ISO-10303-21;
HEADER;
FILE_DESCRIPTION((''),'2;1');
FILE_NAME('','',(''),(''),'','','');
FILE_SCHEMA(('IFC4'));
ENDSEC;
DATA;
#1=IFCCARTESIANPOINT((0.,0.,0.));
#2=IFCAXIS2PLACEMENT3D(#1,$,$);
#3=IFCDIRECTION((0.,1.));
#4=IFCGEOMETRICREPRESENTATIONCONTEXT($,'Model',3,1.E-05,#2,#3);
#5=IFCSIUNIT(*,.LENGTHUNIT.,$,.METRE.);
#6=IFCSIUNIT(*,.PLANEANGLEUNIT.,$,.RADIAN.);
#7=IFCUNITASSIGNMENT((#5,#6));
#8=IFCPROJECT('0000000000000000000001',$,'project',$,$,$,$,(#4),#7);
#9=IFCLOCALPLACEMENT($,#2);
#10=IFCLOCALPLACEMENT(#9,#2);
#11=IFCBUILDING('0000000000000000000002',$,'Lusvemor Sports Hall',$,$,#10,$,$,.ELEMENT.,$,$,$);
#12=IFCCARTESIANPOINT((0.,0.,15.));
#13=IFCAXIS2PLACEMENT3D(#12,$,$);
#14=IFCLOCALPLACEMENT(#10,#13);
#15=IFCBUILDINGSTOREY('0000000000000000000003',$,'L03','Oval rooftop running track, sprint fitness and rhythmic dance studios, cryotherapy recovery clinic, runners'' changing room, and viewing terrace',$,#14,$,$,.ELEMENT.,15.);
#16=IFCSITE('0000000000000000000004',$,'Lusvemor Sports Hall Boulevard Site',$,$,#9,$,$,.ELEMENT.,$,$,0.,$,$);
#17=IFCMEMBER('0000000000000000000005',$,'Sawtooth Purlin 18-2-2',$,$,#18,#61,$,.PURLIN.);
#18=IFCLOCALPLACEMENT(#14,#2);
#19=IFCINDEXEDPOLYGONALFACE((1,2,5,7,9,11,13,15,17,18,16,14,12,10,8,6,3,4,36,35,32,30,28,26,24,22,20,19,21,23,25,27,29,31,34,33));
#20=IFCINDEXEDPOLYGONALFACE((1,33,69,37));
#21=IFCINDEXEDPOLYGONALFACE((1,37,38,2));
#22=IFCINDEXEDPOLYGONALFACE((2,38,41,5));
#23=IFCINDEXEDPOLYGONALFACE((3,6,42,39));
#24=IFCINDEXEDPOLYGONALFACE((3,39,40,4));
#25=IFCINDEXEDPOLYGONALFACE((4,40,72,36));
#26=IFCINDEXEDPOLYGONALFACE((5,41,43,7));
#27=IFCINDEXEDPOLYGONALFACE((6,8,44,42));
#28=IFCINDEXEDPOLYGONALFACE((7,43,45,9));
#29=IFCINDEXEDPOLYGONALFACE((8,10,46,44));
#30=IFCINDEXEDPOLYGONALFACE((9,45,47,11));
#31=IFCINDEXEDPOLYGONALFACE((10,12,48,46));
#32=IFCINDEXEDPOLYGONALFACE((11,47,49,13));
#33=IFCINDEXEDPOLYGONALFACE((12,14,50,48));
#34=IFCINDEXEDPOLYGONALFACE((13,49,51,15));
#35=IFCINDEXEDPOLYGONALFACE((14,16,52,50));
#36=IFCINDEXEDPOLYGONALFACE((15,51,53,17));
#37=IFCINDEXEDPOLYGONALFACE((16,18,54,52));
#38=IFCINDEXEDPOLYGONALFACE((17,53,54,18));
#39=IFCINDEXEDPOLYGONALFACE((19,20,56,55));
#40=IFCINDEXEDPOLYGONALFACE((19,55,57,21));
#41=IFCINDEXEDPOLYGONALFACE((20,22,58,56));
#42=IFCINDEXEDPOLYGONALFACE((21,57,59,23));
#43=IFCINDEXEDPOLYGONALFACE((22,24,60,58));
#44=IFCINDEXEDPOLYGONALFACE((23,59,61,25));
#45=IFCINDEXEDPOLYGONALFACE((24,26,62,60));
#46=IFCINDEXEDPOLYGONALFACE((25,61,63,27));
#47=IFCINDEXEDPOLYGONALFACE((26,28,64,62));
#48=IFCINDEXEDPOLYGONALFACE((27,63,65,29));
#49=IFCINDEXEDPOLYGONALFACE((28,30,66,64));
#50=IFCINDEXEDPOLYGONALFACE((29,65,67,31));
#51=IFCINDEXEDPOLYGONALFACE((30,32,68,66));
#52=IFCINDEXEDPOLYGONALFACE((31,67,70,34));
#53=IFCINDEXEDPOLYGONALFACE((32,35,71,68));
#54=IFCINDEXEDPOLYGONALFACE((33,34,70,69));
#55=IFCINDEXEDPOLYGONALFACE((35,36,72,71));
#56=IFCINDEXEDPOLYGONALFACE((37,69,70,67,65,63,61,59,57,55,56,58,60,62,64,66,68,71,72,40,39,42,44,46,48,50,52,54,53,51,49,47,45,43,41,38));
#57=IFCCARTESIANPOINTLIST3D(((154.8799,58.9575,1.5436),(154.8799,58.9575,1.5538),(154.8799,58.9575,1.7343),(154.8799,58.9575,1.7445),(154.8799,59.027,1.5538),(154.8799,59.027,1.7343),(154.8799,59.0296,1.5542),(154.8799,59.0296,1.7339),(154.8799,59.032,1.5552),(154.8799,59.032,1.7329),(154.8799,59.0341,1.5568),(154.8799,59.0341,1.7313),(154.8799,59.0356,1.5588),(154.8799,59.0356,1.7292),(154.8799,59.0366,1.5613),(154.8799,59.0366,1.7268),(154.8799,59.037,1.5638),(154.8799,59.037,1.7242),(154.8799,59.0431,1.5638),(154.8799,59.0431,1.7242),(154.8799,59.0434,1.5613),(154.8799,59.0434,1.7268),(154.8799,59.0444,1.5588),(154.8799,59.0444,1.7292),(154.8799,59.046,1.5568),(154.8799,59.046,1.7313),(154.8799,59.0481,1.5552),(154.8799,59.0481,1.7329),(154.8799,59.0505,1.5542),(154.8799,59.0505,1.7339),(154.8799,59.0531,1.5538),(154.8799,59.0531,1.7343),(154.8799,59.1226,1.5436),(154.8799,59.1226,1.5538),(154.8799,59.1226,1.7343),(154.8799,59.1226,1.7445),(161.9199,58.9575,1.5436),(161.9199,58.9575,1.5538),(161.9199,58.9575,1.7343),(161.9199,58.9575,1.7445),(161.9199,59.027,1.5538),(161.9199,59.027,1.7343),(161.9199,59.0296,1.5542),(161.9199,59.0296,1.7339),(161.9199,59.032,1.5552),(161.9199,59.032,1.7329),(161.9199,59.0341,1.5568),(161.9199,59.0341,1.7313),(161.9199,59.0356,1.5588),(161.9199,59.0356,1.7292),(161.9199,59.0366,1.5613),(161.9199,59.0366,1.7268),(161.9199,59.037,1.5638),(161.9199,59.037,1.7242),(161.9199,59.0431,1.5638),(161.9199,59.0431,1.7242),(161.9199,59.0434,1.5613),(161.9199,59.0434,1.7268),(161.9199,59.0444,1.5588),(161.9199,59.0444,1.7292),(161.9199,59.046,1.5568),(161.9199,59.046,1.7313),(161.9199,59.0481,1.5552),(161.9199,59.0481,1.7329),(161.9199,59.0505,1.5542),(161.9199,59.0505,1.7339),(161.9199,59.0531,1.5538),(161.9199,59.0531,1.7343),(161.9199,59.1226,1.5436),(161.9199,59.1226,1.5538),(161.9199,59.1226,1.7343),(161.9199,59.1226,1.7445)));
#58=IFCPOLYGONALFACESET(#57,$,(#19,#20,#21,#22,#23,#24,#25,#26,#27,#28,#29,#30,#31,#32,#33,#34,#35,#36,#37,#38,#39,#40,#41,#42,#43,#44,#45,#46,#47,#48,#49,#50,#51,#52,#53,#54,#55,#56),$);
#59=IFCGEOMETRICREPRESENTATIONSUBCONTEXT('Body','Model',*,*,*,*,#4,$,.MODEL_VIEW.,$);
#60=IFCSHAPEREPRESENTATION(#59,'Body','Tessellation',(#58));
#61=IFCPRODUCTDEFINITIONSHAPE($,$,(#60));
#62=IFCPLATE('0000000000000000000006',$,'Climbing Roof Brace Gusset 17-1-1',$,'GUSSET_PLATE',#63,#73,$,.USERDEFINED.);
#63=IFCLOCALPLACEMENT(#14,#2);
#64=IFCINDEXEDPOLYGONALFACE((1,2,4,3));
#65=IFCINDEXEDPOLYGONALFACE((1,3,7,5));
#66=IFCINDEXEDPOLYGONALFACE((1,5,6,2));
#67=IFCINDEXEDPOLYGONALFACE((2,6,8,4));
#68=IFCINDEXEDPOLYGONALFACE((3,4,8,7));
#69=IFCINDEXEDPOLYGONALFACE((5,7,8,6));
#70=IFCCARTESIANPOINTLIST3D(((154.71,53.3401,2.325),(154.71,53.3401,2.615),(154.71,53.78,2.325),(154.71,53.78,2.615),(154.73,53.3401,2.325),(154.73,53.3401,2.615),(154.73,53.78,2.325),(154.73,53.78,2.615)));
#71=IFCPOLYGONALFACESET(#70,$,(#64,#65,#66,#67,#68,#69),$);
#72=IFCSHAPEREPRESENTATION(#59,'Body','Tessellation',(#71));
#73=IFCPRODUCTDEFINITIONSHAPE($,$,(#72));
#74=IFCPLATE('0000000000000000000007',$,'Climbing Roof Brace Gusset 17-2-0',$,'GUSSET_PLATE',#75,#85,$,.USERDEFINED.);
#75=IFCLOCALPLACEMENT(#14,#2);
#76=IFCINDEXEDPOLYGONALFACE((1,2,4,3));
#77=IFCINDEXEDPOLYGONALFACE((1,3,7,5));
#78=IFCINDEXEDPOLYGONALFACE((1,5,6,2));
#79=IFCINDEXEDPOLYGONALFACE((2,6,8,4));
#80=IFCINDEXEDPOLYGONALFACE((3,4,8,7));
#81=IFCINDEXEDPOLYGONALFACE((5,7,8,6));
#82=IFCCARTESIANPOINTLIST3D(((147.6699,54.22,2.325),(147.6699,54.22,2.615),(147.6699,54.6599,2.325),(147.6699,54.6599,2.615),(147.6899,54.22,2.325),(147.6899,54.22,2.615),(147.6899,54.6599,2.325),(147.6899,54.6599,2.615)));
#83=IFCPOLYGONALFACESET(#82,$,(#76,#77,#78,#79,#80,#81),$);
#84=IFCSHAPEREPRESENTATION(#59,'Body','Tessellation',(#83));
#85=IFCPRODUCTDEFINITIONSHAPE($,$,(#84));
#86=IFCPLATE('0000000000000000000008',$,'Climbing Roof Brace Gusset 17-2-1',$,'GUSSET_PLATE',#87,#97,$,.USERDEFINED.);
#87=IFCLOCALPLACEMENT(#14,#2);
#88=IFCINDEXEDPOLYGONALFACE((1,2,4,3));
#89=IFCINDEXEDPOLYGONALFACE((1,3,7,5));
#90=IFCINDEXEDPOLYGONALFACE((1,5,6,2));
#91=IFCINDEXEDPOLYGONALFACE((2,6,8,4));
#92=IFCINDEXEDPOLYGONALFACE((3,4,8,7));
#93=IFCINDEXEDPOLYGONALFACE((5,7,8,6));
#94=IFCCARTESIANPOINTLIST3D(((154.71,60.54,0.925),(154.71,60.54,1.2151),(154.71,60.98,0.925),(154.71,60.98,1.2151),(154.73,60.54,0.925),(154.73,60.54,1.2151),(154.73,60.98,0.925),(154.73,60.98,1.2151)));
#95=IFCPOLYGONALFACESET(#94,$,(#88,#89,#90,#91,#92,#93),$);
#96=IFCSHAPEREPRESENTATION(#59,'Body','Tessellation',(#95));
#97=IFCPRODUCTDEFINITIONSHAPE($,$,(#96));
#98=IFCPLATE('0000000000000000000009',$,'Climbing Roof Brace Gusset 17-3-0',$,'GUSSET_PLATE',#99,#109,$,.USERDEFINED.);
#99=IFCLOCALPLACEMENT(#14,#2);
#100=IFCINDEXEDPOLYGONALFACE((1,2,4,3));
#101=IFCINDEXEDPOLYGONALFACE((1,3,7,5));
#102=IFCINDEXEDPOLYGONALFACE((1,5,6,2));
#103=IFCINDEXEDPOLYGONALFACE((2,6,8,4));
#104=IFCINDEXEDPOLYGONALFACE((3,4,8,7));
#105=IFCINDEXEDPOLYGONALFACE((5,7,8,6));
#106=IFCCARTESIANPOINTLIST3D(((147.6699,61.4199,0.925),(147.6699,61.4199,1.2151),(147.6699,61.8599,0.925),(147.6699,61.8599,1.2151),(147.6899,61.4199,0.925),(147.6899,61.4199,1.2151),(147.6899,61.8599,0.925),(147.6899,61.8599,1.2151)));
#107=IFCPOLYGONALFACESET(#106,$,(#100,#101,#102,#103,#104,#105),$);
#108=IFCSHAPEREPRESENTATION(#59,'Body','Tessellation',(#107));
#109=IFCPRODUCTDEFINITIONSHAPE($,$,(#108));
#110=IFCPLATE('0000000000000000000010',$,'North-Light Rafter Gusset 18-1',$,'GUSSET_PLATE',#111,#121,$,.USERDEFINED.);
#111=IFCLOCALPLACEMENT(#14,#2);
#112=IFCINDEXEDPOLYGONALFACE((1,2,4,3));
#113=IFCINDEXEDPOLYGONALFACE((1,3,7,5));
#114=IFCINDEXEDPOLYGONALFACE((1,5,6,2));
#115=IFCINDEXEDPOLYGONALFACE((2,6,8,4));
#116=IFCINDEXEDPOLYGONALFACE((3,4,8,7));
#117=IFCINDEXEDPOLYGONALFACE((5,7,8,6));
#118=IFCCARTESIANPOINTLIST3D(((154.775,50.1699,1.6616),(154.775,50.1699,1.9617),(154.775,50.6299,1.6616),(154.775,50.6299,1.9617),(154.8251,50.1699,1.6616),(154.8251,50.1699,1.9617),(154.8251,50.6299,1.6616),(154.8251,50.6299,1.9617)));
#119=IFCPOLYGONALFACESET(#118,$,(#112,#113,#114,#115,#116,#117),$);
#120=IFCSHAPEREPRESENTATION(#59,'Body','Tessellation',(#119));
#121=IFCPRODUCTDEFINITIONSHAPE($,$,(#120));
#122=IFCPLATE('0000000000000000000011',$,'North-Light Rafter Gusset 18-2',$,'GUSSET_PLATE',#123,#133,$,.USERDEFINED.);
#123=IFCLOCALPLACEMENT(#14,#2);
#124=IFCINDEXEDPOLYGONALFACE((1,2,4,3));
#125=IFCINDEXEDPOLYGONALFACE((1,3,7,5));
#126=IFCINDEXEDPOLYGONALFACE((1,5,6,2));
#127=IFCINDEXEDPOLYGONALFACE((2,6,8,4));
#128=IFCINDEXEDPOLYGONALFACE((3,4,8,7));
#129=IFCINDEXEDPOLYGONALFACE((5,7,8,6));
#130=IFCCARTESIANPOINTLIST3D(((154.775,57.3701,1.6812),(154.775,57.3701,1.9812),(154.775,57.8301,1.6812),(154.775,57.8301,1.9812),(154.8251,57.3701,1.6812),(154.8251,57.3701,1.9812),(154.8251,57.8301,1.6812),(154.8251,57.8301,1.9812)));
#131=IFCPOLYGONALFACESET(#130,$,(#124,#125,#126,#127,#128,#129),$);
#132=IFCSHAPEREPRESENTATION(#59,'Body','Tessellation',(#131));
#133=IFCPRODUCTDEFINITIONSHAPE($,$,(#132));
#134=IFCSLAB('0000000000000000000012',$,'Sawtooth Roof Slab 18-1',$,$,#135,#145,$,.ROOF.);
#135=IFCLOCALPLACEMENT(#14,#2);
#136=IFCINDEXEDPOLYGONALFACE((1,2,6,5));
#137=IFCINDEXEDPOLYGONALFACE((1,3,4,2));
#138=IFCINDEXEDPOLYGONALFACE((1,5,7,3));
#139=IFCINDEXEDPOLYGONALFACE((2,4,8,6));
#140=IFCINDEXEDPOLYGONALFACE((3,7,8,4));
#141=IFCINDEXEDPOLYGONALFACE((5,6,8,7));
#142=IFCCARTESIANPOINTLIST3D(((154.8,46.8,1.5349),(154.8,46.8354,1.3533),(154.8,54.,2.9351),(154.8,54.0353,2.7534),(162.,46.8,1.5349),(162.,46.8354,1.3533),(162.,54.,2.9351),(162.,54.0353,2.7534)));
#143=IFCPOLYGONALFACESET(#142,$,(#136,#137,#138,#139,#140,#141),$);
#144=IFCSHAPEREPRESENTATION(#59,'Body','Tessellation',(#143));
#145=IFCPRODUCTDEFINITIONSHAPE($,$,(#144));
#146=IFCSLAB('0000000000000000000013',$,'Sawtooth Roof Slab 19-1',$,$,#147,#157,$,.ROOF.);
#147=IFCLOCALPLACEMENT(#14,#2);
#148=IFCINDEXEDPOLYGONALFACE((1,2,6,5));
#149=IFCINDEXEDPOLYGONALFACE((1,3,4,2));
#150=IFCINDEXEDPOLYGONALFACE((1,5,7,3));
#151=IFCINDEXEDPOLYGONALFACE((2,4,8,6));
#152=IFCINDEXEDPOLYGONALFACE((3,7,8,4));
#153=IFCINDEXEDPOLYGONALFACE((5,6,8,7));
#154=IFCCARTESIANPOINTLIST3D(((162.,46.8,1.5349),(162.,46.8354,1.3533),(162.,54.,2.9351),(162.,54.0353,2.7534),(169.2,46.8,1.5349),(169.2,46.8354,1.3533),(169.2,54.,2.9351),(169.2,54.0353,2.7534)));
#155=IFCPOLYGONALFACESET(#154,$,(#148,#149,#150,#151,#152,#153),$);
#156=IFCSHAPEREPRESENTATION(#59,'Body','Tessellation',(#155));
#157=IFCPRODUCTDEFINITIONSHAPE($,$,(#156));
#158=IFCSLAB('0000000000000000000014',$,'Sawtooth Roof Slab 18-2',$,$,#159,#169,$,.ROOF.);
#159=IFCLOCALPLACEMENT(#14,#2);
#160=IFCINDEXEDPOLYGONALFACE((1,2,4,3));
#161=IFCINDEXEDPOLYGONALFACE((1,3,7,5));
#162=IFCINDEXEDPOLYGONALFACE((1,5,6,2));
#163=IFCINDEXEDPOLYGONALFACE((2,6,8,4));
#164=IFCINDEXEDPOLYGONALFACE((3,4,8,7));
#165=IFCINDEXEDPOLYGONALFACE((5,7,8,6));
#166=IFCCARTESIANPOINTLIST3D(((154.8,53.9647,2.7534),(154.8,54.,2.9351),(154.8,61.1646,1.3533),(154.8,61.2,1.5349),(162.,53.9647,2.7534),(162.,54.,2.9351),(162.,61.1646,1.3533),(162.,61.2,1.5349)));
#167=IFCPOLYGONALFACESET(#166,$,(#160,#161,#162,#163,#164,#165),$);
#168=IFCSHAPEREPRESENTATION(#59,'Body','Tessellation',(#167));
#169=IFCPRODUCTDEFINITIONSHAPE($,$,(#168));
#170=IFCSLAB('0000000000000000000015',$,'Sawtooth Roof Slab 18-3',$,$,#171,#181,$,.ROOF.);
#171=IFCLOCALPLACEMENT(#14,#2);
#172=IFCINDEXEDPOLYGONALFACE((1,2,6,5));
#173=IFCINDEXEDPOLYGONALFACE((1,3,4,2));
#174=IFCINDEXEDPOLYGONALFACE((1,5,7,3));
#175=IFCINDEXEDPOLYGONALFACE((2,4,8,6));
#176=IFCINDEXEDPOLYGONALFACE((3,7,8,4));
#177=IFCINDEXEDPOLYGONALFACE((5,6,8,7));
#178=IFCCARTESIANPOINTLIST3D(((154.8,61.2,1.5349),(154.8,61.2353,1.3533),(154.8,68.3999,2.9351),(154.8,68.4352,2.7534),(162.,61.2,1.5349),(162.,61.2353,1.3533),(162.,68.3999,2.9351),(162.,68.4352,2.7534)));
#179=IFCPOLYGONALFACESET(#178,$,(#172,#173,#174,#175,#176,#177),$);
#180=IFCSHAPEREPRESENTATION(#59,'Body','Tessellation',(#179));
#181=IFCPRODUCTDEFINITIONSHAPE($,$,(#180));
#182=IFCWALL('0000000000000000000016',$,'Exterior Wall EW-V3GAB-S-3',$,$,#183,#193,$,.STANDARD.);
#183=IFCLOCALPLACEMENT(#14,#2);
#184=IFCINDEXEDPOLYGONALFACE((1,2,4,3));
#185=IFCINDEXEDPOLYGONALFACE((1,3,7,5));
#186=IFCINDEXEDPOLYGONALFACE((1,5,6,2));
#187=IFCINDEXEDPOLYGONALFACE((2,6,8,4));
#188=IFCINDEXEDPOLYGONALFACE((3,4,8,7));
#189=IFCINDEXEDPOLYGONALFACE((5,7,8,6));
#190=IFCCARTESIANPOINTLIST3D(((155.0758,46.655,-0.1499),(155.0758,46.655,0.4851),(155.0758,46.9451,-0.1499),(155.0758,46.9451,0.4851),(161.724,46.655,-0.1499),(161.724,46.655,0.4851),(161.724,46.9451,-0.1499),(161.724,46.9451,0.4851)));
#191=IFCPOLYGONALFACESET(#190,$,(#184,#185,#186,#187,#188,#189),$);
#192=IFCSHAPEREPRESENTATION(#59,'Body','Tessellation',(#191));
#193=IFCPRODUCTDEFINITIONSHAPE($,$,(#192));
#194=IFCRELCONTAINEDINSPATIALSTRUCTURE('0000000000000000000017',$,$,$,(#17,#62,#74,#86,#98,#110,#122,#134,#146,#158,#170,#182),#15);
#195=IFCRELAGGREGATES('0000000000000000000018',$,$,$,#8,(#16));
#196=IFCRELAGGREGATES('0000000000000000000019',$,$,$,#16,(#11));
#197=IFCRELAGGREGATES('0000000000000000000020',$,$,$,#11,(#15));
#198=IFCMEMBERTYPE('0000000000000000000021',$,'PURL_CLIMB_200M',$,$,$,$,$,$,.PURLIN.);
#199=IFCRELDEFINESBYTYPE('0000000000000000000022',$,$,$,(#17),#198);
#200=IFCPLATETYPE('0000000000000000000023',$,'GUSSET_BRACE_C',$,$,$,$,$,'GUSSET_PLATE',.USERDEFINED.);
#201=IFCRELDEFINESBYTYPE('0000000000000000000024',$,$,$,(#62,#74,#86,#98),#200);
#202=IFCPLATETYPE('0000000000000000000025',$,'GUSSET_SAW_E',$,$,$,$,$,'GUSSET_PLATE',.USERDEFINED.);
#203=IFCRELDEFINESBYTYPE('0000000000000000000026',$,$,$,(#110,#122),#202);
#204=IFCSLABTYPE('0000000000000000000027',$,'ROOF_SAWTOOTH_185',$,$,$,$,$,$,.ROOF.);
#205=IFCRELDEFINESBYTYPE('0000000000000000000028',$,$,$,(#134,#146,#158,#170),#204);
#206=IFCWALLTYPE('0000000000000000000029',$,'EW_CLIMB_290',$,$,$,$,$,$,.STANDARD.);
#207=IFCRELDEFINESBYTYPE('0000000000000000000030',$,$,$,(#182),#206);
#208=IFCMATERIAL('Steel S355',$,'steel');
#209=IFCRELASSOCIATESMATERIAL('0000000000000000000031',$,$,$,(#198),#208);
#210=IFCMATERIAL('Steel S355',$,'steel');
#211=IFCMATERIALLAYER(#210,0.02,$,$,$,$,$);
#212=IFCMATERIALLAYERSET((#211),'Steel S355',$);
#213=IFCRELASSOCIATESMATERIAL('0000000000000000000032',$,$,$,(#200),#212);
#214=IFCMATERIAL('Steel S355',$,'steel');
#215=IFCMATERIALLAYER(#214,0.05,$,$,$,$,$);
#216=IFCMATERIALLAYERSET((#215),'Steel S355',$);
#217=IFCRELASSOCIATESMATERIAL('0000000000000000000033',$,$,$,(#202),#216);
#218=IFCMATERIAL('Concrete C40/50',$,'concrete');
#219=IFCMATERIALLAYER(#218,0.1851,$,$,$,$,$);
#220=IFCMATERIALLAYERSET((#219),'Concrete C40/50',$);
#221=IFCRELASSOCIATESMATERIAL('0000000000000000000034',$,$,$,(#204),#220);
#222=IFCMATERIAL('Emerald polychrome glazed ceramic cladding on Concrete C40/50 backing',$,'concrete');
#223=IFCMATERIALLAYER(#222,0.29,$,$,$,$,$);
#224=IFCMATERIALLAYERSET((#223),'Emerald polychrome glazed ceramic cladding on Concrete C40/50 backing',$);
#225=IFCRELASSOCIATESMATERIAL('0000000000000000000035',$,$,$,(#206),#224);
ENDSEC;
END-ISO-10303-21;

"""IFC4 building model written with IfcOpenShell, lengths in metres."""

from ifc_helpers import new_model, si_unit, direction, frame, frame_2d, origin, origin_2d, place, context, subcontext, project, spatial, polyline, rectangle, i_section, outline, extrude, material, layer, layer_set, material_profile, profile_set, type_object, element, save


model = new_model("IFC4")

# Units and contexts
model_context = context("Model", 3, precision=1e-05, world=origin(), true_north=direction((0.0, 1.0)))
body_context = subcontext(model_context, "Body", "Model", "MODEL_VIEW")
ifc_project = project(units=[si_unit("LENGTHUNIT", "METRE"), si_unit("PLANEANGLEUNIT", "RADIAN")], contexts=[model_context])

# Site, building, storey
site_placement = place(None, origin())
site = spatial("IfcSite", under=ifc_project, at=site_placement, Name="Lusvemor Sports Hall Boulevard Site", CompositionType="ELEMENT", RefElevation=0.0)
building_placement = place(site_placement, origin())
building = spatial("IfcBuilding", under=site, at=building_placement, Name="Lusvemor Sports Hall", CompositionType="ELEMENT")
storey_placement = place(building_placement, frame((0.0, 0.0, 15.0)))
storey = spatial("IfcBuildingStorey", under=building, at=storey_placement, Name="L03", Description="Oval rooftop running track, sprint fitness and rhythmic dance studios, cryotherapy recovery clinic, runners' changing room, and viewing terrace", CompositionType="ELEMENT", Elevation=15.0)

# Member
ifc_material_1 = material(Name="Steel S355", Category="steel")
ifc_material_profile_1 = material_profile(ifc_material_1, i_section(OverallWidth=0.165, OverallDepth=0.2009, WebThickness=0.0061, FlangeThickness=0.0103, FilletRadius=0.01, at=origin_2d()), Name="W200x35.9")
ifc_profile_set_1 = profile_set([ifc_material_profile_1], Name="Steel S355")
member_type_1 = type_object("IfcMemberType", Name="PURL_CLIMB_200M", PredefinedType="PURLIN", material=ifc_profile_set_1)
for number, where, z_axis, x_axis, name in (
    (1, (154.8799, 59.04, 1.644), (1.0, 0.0, 0.0), (0.0, 1.0, 0.0), "Sawtooth Purlin 18-2-2"),
):
    element("IfcMember", number, at=place(storey_placement, frame(where, z_axis=z_axis, x_axis=x_axis)), inside=storey, type_object=member_type_1, Name=name, PredefinedType="PURLIN", context=body_context, shape_type="SweptSolid", body=[
        extrude(i_section(OverallWidth=0.165, OverallDepth=0.2009, WebThickness=0.0061, FlangeThickness=0.0103, FilletRadius=0.01, at=origin_2d()), origin(), (0.0, 0.0, 1.0), 7.04),
    ])

# Plates
ifc_material_2 = material(Name="Steel S355", Category="steel")
ifc_layer_1 = layer(ifc_material_2, 0.02)
ifc_layer_set_1 = layer_set([ifc_layer_1], Name="Steel S355")
plate_type_1 = type_object("IfcPlateType", Name="GUSSET_BRACE_C", ElementType="GUSSET_PLATE", PredefinedType="USERDEFINED", material=ifc_layer_set_1)
for number, where, z_axis, x_axis, name in (
    (2, (154.72, 53.5601, 2.325), (0.0, 0.0, 1.0), (1.0, 0.0, 0.0), "Climbing Roof Brace Gusset 17-1-1"),
    (3, (147.6799, 54.4399, 2.325), (0.0, 0.0, 1.0), (1.0, 0.0, 0.0), "Climbing Roof Brace Gusset 17-2-0"),
    (4, (154.72, 60.76, 0.925), (0.0, 0.0, 1.0), (1.0, 0.0, 0.0), "Climbing Roof Brace Gusset 17-2-1"),
    (5, (147.6799, 61.6399, 0.925), (0.0, 0.0, 1.0), (1.0, 0.0, 0.0), "Climbing Roof Brace Gusset 17-3-0"),
):
    element("IfcPlate", number, at=place(storey_placement, frame(where, z_axis=z_axis, x_axis=x_axis)), inside=storey, type_object=plate_type_1, Name=name, ObjectType="GUSSET_PLATE", PredefinedType="USERDEFINED", context=body_context, shape_type="SweptSolid", body=[
        extrude(rectangle(XDim=0.02, YDim=0.4399, at=origin_2d()), origin(), (0.0, 0.0, 1.0), 0.29),
    ])
ifc_material_3 = material(Name="Steel S355", Category="steel")
ifc_layer_2 = layer(ifc_material_3, 0.05)
ifc_layer_set_2 = layer_set([ifc_layer_2], Name="Steel S355")
plate_type_2 = type_object("IfcPlateType", Name="GUSSET_SAW_E", ElementType="GUSSET_PLATE", PredefinedType="USERDEFINED", material=ifc_layer_set_2)
for number, where, z_axis, x_axis, name in (
    (6, (154.8, 50.3999, 1.6616), (0.0, 0.0, 1.0), (1.0, 0.0, 0.0), "North-Light Rafter Gusset 18-1"),
    (7, (154.8, 57.6001, 1.6812), (0.0, 0.0, 1.0), (1.0, 0.0, 0.0), "North-Light Rafter Gusset 18-2"),
):
    element("IfcPlate", number, at=place(storey_placement, frame(where, z_axis=z_axis, x_axis=x_axis)), inside=storey, type_object=plate_type_2, Name=name, ObjectType="GUSSET_PLATE", PredefinedType="USERDEFINED", context=body_context, shape_type="SweptSolid", body=[
        extrude(rectangle(XDim=0.05, YDim=0.46, at=origin_2d()), origin(), (0.0, 0.0, 1.0), 0.3),
    ])

# Slabs
ifc_material_4 = material(Name="Concrete C40/50", Category="concrete")
ifc_layer_3 = layer(ifc_material_4, 0.1851)
ifc_layer_set_3 = layer_set([ifc_layer_3], Name="Concrete C40/50")
slab_type = type_object("IfcSlabType", Name="ROOF_SAWTOOTH_185", PredefinedType="ROOF", material=ifc_layer_set_3)
for number, where, z_axis, x_axis, name in (
    (8, (154.8, 46.8, 1.5349), (0.0, -0.19089, 0.981611), (1.0, 0.0, 0.0), "Sawtooth Roof Slab 18-1"),
    (9, (162.0, 46.8, 1.5349), (0.0, -0.19089, 0.981611), (1.0, 0.0, 0.0), "Sawtooth Roof Slab 19-1"),
    (10, (154.8, 54.0, 2.9351), (0.0, 0.19089, 0.981611), (1.0, 0.0, 0.0), "Sawtooth Roof Slab 18-2"),
    (11, (154.8, 61.2, 1.5349), (0.0, -0.19089, 0.981611), (1.0, 0.0, 0.0), "Sawtooth Roof Slab 18-3"),
):
    element("IfcSlab", number, at=place(storey_placement, frame(where, z_axis=z_axis, x_axis=x_axis)), inside=storey, type_object=slab_type, Name=name, PredefinedType="ROOF", context=body_context, shape_type="SweptSolid", body=[
        extrude(outline(polyline([(0.0, 0.0), (7.2, 0.0), (7.2, 7.3348), (0.0, 7.3348), (0.0, 0.0)])), origin(), (0.0, 0.0, -1.0), 0.1851),
    ])

# Wall
ifc_material_5 = material(Name="Emerald polychrome glazed ceramic cladding on Concrete C40/50 backing", Category="concrete")
ifc_layer_4 = layer(ifc_material_5, 0.29)
ifc_layer_set_4 = layer_set([ifc_layer_4], Name="Emerald polychrome glazed ceramic cladding on Concrete C40/50 backing")
wall_type = type_object("IfcWallType", Name="EW_CLIMB_290", PredefinedType="STANDARD", material=ifc_layer_set_4)
wall_placement = place(storey_placement, frame((161.7241, 46.8, -0.1499), z_axis=(0.0, 0.0, 1.0), x_axis=(-1.0, 0.0, 0.0)))
element("IfcWall", 12, at=wall_placement, inside=storey, type_object=wall_type, Name="Exterior Wall EW-V3GAB-S-3", PredefinedType="STANDARD", context=body_context, shape_type="SweptSolid", body=[
    extrude(rectangle(XDim=6.6482, YDim=0.29, at=frame_2d((3.3242, 0.0))), origin(), (0.0, 0.0, 1.0), 0.635),
])

save(model, "model.ifc")
